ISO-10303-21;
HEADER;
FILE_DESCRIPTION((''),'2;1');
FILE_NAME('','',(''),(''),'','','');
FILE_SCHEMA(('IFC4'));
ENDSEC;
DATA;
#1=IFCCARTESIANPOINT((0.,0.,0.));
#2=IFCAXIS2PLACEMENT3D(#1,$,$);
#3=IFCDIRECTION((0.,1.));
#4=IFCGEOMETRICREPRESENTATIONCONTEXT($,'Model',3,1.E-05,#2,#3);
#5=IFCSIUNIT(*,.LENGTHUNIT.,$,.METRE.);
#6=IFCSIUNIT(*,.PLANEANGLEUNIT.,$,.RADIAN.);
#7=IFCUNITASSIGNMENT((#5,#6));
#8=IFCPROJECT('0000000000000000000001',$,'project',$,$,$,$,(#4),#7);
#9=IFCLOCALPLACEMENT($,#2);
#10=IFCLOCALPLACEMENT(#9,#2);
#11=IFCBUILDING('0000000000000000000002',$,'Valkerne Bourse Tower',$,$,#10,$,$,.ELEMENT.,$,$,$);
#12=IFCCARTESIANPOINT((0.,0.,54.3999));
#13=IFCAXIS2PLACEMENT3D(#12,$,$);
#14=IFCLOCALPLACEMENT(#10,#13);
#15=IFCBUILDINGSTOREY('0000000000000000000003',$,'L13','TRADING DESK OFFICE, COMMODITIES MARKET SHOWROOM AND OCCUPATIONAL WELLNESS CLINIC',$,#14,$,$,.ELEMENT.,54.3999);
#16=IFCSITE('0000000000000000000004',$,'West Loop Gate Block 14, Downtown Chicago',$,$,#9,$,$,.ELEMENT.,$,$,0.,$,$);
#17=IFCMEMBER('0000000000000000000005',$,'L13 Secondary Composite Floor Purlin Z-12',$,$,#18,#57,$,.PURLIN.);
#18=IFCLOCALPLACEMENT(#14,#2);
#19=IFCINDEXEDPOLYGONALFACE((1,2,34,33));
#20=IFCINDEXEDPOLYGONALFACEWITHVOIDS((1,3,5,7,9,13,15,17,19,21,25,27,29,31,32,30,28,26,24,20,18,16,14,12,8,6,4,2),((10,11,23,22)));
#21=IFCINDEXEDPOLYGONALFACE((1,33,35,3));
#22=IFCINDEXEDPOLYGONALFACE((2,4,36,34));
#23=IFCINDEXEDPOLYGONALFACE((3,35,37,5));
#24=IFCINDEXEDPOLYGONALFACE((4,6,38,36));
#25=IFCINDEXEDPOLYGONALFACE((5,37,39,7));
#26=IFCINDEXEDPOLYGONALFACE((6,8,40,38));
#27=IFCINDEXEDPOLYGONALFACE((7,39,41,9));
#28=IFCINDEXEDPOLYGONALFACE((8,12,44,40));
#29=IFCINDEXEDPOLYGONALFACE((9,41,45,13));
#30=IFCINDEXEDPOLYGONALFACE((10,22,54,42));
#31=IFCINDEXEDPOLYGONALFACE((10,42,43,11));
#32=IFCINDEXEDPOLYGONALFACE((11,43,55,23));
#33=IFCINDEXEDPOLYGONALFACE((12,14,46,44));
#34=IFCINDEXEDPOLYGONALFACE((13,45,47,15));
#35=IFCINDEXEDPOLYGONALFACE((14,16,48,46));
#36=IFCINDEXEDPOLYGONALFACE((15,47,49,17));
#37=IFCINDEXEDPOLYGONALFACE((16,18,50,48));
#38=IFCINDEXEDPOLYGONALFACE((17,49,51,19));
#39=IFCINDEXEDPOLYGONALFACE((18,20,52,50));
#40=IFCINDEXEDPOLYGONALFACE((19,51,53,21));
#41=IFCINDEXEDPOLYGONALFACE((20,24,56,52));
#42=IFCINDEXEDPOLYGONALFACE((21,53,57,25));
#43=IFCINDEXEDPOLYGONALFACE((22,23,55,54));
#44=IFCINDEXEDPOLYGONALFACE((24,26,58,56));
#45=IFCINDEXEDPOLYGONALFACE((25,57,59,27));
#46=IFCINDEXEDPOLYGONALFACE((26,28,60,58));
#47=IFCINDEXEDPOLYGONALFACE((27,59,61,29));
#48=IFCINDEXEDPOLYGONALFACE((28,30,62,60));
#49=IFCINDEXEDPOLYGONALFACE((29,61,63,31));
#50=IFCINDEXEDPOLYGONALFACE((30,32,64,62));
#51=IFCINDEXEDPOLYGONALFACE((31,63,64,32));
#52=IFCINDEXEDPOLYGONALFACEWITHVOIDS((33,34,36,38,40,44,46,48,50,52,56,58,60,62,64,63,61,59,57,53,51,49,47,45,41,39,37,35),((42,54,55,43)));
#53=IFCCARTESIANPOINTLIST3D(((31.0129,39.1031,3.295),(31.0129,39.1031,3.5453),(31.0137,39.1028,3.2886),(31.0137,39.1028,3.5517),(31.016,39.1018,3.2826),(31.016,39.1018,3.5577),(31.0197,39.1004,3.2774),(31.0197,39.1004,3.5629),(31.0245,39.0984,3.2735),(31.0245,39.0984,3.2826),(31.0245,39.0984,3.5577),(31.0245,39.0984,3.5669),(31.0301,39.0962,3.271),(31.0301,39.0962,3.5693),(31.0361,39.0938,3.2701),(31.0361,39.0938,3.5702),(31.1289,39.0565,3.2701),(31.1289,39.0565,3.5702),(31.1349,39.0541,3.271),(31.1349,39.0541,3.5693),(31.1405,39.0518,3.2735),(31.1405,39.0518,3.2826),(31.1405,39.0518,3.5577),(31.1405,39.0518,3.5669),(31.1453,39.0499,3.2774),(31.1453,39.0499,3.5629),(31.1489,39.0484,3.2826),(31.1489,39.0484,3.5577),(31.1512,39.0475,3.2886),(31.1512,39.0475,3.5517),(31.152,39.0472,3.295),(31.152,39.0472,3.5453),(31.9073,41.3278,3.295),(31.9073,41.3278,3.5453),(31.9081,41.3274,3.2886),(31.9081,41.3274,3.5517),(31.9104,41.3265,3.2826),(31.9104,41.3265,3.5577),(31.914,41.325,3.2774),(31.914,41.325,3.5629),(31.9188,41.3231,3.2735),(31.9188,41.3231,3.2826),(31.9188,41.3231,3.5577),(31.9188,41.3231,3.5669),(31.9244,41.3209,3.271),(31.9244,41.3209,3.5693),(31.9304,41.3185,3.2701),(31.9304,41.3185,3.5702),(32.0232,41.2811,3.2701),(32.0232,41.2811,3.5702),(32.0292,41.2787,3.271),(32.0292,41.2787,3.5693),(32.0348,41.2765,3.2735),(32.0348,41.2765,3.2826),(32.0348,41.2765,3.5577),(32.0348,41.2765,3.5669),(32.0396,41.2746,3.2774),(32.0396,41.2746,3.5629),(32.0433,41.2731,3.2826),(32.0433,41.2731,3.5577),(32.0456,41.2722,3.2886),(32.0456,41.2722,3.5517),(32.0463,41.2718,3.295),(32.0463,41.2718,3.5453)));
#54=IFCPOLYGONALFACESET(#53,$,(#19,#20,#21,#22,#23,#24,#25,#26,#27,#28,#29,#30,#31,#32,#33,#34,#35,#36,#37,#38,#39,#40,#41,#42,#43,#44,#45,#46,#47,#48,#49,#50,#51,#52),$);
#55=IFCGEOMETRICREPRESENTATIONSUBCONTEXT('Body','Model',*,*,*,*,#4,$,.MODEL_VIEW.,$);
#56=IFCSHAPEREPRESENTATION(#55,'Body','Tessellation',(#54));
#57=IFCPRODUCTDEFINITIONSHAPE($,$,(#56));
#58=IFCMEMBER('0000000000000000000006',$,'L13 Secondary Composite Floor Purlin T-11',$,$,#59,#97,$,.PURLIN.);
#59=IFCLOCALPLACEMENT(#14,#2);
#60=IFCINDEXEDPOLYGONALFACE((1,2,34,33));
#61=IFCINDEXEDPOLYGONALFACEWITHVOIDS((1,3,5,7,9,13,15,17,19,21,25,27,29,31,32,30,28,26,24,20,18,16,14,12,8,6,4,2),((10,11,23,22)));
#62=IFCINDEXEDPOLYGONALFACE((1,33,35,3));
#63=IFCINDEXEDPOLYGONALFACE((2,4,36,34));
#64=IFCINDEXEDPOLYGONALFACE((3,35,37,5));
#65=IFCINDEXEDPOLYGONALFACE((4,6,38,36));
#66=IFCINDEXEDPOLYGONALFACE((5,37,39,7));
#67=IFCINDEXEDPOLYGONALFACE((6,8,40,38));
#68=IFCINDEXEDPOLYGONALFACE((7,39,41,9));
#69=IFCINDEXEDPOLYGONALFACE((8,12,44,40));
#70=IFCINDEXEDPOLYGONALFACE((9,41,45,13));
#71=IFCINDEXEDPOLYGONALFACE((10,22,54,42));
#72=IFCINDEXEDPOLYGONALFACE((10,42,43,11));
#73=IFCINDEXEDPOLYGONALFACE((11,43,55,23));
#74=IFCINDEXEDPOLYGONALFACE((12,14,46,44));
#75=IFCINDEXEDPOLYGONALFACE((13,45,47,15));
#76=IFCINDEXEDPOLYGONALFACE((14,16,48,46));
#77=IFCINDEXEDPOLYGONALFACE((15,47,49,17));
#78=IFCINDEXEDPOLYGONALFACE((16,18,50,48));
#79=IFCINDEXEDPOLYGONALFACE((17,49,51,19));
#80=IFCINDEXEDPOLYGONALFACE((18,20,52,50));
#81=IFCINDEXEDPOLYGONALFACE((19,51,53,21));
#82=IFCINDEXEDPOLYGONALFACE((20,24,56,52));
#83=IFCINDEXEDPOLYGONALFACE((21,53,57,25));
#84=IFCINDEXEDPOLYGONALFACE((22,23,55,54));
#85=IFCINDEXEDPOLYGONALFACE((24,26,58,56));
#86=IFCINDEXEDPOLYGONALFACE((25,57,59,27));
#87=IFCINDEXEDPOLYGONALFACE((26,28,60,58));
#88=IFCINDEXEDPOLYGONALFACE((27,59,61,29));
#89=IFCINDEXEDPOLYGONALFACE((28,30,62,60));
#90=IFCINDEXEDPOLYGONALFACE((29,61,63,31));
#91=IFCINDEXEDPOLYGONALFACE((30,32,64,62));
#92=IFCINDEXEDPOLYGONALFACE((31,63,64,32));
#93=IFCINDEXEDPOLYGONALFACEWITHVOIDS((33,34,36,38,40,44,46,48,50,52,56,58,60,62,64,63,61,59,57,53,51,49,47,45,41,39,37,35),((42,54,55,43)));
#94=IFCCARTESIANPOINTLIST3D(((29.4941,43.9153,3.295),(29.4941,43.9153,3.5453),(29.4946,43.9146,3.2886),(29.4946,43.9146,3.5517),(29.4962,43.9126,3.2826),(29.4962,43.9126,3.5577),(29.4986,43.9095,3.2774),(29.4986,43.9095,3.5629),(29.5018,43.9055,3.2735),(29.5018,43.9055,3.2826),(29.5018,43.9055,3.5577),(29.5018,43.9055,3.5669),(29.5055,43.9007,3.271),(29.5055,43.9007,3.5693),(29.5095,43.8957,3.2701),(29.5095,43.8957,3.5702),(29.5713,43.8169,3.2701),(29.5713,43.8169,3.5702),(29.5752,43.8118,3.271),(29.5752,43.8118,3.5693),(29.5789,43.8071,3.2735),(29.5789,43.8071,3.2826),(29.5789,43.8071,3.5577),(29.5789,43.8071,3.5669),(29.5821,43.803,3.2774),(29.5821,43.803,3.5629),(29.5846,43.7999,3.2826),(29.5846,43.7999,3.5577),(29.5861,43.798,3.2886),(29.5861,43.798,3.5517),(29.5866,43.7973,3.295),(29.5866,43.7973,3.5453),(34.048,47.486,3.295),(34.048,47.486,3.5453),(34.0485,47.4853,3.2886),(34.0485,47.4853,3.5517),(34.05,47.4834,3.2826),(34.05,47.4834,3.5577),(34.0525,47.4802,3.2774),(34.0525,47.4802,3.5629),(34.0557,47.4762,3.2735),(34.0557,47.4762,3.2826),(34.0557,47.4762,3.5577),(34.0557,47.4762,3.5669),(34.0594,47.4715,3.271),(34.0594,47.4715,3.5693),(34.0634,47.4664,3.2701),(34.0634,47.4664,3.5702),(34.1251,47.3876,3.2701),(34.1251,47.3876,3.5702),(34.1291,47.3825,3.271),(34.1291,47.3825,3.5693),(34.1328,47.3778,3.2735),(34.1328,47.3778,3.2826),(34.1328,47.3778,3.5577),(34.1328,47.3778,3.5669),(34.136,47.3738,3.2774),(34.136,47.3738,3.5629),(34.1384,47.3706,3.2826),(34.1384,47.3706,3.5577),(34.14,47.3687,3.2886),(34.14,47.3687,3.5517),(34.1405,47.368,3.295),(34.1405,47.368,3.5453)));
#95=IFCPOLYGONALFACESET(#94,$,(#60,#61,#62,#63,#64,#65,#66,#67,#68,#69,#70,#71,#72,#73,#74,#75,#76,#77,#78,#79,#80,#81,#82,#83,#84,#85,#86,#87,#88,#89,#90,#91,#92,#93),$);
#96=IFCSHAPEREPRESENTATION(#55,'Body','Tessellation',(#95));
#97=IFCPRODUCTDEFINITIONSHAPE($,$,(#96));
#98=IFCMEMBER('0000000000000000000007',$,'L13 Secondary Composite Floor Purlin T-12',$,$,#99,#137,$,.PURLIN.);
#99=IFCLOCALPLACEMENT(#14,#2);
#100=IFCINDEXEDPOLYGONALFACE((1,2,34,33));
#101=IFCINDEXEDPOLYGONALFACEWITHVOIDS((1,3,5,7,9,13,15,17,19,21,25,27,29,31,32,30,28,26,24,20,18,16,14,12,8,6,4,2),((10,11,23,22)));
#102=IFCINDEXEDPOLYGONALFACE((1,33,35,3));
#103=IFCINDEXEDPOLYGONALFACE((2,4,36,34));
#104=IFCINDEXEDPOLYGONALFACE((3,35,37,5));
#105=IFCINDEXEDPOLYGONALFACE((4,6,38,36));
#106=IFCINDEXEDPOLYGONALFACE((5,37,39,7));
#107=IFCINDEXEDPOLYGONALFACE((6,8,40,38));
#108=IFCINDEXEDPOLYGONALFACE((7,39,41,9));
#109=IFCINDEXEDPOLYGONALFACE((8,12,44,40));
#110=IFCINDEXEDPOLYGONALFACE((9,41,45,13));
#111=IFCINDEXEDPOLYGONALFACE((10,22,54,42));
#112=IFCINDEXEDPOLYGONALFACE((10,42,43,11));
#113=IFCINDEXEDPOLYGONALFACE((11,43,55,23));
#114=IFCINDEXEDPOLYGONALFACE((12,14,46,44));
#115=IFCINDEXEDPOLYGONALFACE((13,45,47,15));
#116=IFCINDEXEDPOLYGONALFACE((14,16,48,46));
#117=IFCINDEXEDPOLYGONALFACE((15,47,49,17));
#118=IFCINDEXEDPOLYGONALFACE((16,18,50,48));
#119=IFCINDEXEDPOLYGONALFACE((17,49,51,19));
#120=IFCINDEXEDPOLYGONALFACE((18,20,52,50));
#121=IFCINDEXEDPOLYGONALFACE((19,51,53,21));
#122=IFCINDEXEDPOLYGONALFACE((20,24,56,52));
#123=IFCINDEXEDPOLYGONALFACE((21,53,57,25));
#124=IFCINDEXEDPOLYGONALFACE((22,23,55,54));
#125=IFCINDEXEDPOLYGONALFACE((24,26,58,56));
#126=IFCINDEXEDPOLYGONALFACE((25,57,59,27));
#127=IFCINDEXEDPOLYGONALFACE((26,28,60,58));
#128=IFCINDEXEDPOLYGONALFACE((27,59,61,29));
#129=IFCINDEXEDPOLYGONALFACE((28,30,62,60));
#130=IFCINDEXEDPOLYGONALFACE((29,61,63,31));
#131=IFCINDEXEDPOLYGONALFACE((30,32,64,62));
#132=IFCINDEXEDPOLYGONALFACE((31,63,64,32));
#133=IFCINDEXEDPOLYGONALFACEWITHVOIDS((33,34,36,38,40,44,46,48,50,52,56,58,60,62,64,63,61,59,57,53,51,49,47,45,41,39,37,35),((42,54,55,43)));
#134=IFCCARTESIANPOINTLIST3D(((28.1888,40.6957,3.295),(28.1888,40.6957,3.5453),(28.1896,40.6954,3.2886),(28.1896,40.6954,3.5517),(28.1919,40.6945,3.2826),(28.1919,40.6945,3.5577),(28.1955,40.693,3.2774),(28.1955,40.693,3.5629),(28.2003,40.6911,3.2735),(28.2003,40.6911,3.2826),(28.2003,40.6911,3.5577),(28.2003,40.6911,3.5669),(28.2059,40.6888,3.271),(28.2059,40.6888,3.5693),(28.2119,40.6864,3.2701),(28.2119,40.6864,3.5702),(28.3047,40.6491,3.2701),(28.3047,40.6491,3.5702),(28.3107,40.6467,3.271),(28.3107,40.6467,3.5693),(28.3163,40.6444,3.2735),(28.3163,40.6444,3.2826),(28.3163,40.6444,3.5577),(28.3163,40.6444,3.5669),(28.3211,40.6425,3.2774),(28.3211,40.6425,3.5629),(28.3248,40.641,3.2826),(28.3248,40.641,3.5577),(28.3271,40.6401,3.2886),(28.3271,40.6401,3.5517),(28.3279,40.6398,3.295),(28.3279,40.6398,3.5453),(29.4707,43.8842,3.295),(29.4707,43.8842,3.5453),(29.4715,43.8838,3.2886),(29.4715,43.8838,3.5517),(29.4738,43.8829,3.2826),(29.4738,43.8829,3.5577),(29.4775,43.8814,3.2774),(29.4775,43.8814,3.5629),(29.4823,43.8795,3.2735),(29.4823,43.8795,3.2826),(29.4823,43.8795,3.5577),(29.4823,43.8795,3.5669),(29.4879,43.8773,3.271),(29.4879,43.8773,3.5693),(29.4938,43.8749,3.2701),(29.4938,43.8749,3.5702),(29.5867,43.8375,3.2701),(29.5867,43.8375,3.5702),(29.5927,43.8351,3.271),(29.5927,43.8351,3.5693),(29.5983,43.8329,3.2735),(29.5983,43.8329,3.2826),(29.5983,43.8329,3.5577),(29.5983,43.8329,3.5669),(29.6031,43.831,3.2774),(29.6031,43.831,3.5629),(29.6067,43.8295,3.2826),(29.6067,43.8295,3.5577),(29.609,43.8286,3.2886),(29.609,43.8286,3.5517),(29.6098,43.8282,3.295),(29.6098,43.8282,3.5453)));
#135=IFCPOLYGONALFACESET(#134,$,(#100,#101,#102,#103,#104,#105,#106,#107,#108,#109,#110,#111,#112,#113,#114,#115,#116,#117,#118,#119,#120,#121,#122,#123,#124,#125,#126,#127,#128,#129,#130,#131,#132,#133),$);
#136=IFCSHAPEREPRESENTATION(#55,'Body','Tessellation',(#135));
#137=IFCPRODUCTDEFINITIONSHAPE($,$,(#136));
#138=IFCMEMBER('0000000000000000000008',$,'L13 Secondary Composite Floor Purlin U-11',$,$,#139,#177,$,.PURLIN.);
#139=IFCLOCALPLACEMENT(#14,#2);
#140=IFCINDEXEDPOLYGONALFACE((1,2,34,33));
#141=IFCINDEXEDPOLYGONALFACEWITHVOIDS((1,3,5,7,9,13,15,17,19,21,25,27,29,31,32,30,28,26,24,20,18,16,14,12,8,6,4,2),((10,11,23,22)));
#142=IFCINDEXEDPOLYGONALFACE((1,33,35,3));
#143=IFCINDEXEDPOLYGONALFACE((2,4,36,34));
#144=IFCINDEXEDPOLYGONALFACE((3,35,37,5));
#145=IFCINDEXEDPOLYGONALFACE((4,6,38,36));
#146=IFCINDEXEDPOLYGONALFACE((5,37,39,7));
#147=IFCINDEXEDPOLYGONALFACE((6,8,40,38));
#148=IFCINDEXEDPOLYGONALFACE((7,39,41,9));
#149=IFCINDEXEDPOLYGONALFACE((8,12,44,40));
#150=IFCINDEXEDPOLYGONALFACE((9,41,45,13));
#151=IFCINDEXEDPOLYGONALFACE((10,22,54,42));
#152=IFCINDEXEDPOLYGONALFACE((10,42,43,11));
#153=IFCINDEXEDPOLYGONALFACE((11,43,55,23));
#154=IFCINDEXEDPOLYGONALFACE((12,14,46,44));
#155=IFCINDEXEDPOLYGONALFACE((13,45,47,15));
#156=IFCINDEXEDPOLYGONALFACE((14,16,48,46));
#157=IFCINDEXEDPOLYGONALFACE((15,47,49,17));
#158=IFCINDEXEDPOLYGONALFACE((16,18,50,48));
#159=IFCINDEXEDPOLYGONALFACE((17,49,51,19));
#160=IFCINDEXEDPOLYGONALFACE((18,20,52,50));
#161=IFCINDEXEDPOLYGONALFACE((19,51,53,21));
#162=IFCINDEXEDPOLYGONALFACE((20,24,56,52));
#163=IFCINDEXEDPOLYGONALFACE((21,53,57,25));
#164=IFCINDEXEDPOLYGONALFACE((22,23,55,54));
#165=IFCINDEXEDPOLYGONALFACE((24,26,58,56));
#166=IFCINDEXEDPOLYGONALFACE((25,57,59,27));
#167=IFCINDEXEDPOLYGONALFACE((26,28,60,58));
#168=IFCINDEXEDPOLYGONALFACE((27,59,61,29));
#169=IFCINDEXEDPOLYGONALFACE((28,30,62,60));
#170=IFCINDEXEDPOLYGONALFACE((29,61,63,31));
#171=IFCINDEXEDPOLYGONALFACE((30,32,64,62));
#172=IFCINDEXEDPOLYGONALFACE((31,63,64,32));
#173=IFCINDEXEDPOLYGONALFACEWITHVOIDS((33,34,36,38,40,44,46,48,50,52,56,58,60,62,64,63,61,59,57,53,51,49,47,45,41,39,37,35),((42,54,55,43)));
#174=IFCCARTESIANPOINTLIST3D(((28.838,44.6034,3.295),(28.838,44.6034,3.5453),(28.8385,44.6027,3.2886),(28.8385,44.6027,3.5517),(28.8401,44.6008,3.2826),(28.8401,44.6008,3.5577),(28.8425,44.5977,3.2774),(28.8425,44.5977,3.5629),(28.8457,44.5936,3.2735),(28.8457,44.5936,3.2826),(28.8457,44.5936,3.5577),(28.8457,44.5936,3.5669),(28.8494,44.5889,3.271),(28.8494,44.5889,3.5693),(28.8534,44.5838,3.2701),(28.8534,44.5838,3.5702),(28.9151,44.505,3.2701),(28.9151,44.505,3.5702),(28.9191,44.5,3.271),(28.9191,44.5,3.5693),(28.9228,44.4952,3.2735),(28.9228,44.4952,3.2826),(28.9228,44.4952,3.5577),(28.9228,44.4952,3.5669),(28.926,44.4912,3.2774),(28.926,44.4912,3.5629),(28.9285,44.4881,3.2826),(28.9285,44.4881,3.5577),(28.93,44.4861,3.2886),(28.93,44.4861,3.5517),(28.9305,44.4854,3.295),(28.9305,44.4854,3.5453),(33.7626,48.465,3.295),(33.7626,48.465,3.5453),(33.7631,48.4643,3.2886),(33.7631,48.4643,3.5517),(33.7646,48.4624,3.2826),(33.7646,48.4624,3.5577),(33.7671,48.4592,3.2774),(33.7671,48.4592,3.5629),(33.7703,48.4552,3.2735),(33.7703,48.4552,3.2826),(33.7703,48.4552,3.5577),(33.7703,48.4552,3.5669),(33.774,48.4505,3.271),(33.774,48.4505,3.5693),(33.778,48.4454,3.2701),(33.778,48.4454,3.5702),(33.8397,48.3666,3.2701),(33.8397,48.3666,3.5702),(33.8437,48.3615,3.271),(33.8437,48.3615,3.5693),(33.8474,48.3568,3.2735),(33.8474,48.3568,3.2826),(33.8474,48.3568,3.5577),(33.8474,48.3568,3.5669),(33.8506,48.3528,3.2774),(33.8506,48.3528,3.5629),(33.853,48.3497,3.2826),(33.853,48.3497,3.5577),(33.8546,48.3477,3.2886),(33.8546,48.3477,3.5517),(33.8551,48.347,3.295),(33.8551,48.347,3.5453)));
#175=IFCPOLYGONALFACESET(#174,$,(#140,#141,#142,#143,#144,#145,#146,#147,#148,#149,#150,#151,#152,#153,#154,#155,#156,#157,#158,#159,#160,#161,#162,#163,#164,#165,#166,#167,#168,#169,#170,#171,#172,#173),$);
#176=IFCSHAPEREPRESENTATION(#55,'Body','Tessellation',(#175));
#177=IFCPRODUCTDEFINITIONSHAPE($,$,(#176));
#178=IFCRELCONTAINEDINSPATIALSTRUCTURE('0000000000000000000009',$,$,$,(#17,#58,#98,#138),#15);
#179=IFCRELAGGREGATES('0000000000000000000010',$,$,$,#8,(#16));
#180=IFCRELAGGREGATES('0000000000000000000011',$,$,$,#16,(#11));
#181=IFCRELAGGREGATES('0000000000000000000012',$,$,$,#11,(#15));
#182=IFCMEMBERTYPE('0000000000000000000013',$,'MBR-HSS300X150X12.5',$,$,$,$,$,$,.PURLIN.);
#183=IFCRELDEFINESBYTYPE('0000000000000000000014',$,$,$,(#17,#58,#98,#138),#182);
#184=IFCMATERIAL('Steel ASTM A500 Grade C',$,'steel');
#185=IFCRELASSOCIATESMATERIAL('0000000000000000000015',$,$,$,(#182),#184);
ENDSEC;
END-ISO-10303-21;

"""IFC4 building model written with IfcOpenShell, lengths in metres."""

from ifc_helpers import new_model, si_unit, direction, frame, origin, origin_2d, place, context, subcontext, project, spatial, hollow_rectangle, extrude, material, material_profile, profile_set, type_object, element, save


model = new_model("IFC4")

# Units and contexts
model_context = context("Model", 3, precision=1e-05, world=origin(), true_north=direction((0.0, 1.0)))
body_context = subcontext(model_context, "Body", "Model", "MODEL_VIEW")
ifc_project = project(units=[si_unit("LENGTHUNIT", "METRE"), si_unit("PLANEANGLEUNIT", "RADIAN")], contexts=[model_context])

# Site, building, storey
site_placement = place(None, origin())
site = spatial("IfcSite", under=ifc_project, at=site_placement, Name="West Loop Gate Block 14, Downtown Chicago", CompositionType="ELEMENT", RefElevation=0.0)
building_placement = place(site_placement, origin())
building = spatial("IfcBuilding", under=site, at=building_placement, Name="Valkerne Bourse Tower", CompositionType="ELEMENT")
storey_placement = place(building_placement, frame((0.0, 0.0, 54.3999)))
storey = spatial("IfcBuildingStorey", under=building, at=storey_placement, Name="L13", Description="TRADING DESK OFFICE, COMMODITIES MARKET SHOWROOM AND OCCUPATIONAL WELLNESS CLINIC", CompositionType="ELEMENT", Elevation=54.3999)

# Members
ifc_material_1 = material(Name="Steel ASTM A500 Grade C", Category="steel")
ifc_material_profile_1 = material_profile(ifc_material_1, hollow_rectangle(XDim=0.1499, YDim=0.3, WallThickness=0.0125, OuterFilletRadius=0.0249, at=origin_2d()), Name="HSS300X150X12.5")
ifc_profile_set_1 = profile_set([ifc_material_profile_1], Name="Steel ASTM A500 Grade C")
member_type_1 = type_object("IfcMemberType", Name="MBR-HSS300X150X12.5", PredefinedType="PURLIN", material=ifc_profile_set_1)
member_1_placement = place(storey_placement, frame((31.9768, 41.2998, 3.4202), z_axis=(-0.372988, -0.927836, 0.0), x_axis=(0.927836, -0.372988, 0.0)))
element("IfcMember", 1, at=member_1_placement, inside=storey, type_object=member_type_1, Name="L13 Secondary Composite Floor Purlin Z-12", PredefinedType="PURLIN", context=body_context, shape_type="SweptSolid", body=[
    extrude(hollow_rectangle(XDim=0.1499, YDim=0.3, WallThickness=0.0125, OuterFilletRadius=0.0249, at=origin_2d()), origin(), (0.0, 0.0, 1.0), 2.3977),
])
member_2_placement = place(storey_placement, frame((34.0942, 47.427, 3.4202), z_axis=(-0.786931, -0.617041, 0.0), x_axis=(0.617041, -0.786931, 0.0)))
element("IfcMember", 2, at=member_2_placement, inside=storey, type_object=member_type_1, Name="L13 Secondary Composite Floor Purlin T-11", PredefinedType="PURLIN", context=body_context, shape_type="SweptSolid", body=[
    extrude(hollow_rectangle(XDim=0.1499, YDim=0.3, WallThickness=0.0125, OuterFilletRadius=0.0249, at=origin_2d()), origin(), (0.0, 0.0, 1.0), 5.7869),
])
member_3_placement = place(storey_placement, frame((29.5403, 43.8562, 3.4202), z_axis=(-0.373044, -0.927814, 0.0), x_axis=(0.927814, -0.373044, 0.0)))
element("IfcMember", 3, at=member_3_placement, inside=storey, type_object=member_type_1, Name="L13 Secondary Composite Floor Purlin T-12", PredefinedType="PURLIN", context=body_context, shape_type="SweptSolid", body=[
    extrude(hollow_rectangle(XDim=0.1499, YDim=0.3, WallThickness=0.0125, OuterFilletRadius=0.0249, at=origin_2d()), origin(), (0.0, 0.0, 1.0), 3.4365),
])
member_4_placement = place(storey_placement, frame((33.8088, 48.406, 3.4202), z_axis=(-0.786918, -0.617058, 0.0), x_axis=(0.617058, -0.786918, 0.0)))
element("IfcMember", 4, at=member_4_placement, inside=storey, type_object=member_type_1, Name="L13 Secondary Composite Floor Purlin U-11", PredefinedType="PURLIN", context=body_context, shape_type="SweptSolid", body=[
    extrude(hollow_rectangle(XDim=0.1499, YDim=0.3, WallThickness=0.0125, OuterFilletRadius=0.0249, at=origin_2d()), origin(), (0.0, 0.0, 1.0), 6.2581),
])

save(model, "model.ifc")
